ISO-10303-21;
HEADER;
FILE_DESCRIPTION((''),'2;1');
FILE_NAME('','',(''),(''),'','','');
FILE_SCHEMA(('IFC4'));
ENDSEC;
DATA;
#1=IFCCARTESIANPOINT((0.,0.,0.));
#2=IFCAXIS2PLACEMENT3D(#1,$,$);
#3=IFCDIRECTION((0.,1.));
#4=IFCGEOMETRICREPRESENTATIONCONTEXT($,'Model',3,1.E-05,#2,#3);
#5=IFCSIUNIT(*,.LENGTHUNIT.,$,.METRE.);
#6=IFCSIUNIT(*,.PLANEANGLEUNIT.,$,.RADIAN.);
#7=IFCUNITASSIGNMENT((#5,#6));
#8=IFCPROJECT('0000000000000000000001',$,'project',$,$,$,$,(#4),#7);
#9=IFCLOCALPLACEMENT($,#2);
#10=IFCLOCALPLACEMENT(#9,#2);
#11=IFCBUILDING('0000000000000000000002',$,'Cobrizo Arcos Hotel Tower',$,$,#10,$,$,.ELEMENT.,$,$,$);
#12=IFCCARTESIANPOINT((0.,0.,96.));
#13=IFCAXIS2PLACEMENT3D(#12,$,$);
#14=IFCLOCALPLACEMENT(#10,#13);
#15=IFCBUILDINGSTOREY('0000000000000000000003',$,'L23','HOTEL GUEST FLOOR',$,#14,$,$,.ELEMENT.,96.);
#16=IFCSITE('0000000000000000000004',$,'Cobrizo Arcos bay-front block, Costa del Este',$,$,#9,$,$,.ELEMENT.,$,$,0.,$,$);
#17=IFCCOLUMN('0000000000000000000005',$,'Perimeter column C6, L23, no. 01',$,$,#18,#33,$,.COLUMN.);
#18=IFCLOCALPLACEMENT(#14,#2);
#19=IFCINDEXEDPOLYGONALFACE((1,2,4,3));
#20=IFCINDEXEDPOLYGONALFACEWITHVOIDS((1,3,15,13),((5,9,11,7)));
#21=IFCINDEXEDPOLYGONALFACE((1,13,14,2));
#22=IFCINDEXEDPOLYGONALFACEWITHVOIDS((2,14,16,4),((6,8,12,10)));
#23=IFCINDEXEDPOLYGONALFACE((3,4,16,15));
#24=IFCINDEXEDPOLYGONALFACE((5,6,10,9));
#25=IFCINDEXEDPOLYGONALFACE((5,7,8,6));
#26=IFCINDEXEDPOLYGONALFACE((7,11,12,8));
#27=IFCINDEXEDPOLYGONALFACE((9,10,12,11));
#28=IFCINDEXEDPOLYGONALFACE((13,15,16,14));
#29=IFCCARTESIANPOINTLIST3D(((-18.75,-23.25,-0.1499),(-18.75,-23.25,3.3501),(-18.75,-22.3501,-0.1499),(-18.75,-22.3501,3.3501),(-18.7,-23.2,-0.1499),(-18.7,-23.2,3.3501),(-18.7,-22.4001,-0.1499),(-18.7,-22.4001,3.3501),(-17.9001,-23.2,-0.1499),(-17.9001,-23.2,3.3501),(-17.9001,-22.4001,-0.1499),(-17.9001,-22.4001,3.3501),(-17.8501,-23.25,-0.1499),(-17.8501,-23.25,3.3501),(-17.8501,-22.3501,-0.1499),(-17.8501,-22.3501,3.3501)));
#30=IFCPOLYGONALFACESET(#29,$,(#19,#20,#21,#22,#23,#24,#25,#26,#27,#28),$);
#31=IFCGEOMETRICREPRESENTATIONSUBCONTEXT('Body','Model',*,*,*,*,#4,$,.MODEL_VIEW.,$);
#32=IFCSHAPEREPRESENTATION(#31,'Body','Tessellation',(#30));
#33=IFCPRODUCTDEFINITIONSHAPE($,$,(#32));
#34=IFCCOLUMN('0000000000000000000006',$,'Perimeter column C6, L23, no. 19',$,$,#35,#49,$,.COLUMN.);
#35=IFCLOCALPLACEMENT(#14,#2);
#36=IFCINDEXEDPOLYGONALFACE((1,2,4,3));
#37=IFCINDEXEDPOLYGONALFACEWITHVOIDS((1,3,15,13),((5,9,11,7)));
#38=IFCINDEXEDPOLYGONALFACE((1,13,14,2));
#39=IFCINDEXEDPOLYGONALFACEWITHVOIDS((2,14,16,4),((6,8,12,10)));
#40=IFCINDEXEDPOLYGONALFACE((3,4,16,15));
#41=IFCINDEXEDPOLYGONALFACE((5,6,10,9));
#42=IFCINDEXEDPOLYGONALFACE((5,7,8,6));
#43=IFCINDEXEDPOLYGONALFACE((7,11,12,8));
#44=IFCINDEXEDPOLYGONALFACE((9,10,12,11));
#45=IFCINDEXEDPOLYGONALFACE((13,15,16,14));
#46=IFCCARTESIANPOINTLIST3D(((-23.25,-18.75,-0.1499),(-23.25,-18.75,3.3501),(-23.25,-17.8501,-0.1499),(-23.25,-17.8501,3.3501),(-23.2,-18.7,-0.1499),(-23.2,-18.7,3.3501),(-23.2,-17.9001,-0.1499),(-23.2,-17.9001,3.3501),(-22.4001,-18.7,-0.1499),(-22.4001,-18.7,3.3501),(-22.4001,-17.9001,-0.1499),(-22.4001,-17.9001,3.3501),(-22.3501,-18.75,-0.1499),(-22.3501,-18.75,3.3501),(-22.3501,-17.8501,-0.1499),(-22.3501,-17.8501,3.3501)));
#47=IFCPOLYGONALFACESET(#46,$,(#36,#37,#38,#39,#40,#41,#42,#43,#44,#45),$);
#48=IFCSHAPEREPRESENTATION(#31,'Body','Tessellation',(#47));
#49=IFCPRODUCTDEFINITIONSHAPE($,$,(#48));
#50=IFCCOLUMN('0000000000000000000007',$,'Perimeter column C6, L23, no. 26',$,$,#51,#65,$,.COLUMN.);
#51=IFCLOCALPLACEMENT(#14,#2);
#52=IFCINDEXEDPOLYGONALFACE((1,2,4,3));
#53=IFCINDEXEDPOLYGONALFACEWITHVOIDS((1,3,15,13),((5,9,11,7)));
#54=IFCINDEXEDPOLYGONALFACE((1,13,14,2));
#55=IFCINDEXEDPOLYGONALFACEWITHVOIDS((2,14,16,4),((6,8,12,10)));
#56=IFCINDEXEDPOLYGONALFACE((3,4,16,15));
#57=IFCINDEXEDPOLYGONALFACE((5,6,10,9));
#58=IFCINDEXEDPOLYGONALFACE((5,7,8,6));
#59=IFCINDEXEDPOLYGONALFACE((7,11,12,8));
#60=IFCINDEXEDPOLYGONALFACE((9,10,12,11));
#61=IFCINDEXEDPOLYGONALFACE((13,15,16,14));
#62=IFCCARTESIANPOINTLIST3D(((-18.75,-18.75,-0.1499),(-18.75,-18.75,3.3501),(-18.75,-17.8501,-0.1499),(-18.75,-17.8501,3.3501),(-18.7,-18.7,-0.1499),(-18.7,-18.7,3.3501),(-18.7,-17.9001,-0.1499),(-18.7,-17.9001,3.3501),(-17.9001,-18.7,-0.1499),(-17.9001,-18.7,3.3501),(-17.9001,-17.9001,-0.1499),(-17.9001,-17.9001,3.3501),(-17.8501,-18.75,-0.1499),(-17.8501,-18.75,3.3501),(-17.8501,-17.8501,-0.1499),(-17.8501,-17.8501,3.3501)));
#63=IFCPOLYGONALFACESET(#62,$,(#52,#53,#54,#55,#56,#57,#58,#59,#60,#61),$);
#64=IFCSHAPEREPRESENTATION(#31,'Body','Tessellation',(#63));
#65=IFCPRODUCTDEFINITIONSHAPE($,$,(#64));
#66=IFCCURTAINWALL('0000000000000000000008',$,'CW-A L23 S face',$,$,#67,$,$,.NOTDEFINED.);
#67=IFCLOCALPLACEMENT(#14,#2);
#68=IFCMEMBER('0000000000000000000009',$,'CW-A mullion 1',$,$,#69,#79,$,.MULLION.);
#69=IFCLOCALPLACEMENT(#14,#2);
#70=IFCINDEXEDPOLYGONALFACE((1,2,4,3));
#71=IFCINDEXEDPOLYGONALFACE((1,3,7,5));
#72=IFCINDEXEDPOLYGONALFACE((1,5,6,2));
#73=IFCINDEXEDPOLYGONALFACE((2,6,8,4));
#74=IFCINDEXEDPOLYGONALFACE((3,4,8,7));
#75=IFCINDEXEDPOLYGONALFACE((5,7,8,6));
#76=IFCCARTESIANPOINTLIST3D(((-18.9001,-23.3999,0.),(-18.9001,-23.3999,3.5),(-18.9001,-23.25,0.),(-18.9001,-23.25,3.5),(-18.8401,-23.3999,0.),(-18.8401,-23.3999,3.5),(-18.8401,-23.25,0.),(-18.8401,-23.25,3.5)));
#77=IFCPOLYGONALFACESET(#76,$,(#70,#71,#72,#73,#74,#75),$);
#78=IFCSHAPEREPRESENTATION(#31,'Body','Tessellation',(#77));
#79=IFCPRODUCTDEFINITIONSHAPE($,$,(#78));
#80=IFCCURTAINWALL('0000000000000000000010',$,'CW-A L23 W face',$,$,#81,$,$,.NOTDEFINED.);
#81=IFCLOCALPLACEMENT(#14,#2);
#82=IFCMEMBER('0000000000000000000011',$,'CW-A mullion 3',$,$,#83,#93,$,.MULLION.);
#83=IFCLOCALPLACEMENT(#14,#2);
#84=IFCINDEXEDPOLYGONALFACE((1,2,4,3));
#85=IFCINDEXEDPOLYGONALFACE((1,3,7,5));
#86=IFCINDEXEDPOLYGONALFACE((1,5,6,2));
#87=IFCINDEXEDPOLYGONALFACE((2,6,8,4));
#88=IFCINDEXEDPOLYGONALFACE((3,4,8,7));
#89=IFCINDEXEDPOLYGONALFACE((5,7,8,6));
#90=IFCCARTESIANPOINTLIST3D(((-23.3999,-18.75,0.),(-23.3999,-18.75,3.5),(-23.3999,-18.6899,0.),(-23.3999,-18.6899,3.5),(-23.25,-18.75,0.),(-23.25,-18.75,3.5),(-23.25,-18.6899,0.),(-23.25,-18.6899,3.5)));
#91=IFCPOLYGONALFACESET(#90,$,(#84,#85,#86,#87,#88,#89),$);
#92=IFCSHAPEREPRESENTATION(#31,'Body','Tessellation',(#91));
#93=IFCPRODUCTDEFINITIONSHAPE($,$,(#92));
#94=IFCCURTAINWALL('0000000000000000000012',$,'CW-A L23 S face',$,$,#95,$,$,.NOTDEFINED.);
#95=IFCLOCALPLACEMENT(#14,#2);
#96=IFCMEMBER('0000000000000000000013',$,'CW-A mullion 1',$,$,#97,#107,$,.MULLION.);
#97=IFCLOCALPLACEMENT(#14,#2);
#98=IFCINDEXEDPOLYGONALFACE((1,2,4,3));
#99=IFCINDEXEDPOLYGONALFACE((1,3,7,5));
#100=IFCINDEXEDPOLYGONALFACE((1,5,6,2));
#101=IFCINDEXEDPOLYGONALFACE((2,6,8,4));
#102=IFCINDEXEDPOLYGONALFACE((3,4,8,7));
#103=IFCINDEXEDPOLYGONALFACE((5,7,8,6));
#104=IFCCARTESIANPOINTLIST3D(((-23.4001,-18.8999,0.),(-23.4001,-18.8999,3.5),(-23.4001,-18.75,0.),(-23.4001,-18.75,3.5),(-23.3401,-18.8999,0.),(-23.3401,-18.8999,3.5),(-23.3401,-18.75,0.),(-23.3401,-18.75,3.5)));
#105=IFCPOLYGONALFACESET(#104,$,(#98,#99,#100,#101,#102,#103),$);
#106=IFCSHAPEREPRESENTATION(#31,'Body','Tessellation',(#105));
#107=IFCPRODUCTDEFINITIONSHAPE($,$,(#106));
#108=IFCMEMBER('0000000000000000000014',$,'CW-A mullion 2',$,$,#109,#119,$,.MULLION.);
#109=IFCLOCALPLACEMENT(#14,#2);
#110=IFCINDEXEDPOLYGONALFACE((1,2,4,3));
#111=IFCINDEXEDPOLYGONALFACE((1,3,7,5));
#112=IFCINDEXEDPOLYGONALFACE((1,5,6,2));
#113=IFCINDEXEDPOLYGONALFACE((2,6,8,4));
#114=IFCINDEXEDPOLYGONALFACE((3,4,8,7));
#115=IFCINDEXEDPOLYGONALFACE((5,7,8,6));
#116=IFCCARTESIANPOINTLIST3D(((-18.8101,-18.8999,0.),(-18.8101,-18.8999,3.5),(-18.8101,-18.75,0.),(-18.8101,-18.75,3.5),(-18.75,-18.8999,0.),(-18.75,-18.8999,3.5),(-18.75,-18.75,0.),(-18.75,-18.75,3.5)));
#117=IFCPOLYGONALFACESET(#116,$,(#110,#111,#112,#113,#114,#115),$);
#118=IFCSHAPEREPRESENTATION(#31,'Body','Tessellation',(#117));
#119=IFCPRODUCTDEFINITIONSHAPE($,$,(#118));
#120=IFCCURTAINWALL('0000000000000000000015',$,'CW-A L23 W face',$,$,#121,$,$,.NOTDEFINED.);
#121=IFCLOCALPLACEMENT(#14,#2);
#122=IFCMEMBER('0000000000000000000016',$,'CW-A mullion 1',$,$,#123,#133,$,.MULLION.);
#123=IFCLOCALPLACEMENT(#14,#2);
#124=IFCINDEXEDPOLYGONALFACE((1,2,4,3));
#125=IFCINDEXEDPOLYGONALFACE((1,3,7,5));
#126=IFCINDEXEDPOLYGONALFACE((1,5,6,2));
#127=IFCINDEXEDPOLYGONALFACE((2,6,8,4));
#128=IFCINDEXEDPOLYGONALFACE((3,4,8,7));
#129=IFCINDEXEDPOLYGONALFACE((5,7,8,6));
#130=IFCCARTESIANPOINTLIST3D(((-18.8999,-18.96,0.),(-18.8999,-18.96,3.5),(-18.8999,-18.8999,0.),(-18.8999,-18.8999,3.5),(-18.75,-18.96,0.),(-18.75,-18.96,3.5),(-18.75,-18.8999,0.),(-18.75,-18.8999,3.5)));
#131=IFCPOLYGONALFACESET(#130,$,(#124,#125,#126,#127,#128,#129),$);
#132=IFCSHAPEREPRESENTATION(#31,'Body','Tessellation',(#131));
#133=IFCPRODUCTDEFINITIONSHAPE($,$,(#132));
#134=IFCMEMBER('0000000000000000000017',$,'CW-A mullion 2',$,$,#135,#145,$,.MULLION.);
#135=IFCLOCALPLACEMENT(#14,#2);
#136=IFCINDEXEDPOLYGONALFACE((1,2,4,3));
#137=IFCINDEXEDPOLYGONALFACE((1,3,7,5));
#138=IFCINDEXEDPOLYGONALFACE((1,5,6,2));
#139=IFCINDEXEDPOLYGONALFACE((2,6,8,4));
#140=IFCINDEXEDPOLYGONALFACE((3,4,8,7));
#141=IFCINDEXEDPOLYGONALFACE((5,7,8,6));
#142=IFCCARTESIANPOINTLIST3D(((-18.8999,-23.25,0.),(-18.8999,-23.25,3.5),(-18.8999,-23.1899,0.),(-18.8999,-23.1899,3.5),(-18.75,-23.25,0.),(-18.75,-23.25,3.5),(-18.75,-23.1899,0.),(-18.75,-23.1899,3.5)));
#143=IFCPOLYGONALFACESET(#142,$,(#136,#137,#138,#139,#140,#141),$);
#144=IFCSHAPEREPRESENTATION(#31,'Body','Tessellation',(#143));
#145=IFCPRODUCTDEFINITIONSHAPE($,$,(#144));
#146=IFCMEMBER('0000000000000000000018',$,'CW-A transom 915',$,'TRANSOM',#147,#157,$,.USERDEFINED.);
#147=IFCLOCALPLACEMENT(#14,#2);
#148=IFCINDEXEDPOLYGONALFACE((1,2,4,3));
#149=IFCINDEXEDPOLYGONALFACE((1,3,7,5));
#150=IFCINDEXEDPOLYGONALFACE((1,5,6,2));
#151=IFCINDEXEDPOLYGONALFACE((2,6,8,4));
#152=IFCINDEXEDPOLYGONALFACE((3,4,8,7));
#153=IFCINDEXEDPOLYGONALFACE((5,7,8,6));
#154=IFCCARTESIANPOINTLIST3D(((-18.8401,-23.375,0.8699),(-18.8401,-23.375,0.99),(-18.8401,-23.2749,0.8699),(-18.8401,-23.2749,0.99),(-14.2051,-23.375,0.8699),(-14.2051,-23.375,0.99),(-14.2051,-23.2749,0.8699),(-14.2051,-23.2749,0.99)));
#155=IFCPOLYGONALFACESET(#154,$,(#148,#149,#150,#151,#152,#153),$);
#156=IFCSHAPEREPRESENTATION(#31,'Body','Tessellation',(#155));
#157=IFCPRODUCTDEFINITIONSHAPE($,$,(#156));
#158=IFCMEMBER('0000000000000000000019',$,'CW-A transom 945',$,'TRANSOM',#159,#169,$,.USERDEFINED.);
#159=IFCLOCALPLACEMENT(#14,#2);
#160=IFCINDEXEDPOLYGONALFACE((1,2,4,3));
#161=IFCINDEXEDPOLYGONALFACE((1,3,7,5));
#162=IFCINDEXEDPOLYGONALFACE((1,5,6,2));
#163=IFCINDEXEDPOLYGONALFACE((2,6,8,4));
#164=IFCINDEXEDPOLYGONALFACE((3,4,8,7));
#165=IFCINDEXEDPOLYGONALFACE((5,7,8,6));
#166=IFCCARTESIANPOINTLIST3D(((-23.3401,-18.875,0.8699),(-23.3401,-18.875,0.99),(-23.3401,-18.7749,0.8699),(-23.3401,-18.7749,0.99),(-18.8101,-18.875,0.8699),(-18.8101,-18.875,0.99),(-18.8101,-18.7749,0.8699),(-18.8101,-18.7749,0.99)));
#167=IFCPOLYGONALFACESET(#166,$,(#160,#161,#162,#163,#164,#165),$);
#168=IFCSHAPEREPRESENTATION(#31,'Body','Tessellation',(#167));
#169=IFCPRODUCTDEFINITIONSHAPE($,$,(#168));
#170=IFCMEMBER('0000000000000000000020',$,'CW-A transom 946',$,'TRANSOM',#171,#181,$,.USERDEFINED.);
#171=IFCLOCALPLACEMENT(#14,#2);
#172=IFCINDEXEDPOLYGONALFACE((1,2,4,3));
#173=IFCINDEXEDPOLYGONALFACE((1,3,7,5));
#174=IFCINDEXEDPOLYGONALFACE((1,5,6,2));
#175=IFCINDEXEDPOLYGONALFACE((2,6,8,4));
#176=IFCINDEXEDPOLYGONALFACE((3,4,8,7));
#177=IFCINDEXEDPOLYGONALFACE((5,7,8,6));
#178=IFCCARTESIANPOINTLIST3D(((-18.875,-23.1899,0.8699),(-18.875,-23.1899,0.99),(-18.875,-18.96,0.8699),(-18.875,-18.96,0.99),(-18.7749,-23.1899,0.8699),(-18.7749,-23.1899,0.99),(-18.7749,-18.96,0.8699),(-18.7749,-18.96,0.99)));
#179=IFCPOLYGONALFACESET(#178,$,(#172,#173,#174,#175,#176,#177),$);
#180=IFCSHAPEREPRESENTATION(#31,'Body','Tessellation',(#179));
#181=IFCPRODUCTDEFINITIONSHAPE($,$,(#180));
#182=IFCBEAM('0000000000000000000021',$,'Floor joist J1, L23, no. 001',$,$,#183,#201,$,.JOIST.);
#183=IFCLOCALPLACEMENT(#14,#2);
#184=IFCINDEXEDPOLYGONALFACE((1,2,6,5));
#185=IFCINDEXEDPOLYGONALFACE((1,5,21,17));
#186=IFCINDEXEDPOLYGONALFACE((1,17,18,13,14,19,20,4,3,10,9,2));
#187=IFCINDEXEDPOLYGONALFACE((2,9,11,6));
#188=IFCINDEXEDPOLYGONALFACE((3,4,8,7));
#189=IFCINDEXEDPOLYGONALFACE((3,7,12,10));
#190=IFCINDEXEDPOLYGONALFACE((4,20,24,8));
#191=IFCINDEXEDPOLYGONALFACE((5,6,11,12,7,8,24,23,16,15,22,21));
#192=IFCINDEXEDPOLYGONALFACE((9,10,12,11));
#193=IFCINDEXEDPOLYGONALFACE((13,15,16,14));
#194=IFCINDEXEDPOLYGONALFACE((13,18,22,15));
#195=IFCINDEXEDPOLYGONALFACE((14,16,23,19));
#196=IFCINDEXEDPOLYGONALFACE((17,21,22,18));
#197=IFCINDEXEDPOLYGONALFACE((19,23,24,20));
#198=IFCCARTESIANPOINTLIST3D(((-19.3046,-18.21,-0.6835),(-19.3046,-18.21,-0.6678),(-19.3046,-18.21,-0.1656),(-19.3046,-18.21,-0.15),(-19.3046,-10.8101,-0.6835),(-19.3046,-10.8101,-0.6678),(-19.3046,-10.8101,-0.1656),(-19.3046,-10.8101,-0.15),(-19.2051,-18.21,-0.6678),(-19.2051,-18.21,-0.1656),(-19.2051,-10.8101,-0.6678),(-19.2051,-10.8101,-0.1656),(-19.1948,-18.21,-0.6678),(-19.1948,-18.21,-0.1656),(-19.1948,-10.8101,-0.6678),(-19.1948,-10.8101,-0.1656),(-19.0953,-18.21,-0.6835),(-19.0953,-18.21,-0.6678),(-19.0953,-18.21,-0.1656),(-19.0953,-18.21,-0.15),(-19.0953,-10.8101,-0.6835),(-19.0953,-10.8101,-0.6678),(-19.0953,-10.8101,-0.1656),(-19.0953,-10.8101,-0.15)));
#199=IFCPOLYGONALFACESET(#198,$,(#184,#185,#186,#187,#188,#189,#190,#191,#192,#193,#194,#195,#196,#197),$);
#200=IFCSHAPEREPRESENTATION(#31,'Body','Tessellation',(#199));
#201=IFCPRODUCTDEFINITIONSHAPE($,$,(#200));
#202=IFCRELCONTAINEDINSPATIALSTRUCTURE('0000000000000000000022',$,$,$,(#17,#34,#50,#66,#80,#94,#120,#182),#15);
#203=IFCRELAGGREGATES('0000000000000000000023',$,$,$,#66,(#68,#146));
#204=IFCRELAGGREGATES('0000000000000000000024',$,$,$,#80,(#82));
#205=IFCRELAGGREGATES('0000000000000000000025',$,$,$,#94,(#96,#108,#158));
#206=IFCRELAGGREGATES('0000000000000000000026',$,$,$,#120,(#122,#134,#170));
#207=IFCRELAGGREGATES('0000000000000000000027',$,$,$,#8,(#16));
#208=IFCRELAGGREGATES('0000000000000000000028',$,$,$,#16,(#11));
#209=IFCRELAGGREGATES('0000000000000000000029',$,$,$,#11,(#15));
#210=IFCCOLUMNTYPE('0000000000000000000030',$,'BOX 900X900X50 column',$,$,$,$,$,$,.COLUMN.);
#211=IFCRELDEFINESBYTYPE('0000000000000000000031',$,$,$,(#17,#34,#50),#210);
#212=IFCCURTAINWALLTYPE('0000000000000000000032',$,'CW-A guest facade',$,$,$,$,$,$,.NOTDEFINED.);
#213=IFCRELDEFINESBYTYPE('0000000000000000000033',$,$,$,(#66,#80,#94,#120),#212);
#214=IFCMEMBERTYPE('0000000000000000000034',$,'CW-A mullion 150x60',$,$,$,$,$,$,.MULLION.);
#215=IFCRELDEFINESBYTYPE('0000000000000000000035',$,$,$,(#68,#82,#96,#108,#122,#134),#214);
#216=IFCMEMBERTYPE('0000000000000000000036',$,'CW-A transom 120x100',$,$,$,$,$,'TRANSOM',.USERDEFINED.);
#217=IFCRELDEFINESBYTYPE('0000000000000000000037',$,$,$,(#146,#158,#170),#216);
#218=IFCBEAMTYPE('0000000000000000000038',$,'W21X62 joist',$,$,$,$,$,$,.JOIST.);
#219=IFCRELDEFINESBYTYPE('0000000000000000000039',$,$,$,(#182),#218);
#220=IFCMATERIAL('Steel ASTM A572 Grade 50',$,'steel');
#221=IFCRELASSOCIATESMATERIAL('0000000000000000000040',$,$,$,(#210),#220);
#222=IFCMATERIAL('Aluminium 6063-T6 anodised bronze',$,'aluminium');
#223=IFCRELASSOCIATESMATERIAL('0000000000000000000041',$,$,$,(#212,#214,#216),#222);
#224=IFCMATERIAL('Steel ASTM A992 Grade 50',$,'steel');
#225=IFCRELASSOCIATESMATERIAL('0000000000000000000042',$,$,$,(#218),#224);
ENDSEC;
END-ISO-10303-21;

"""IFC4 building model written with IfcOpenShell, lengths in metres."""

from ifc_helpers import new_model, si_unit, direction, frame, origin, origin_2d, place, context, subcontext, project, spatial, rectangle, hollow_rectangle, i_section, extrude, material, material_profile, profile_set, type_object, element, aggregate, save


model = new_model("IFC4")

# Units and contexts
model_context = context("Model", 3, precision=1e-05, world=origin(), true_north=direction((0.0, 1.0)))
body_context = subcontext(model_context, "Body", "Model", "MODEL_VIEW")
ifc_project = project(units=[si_unit("LENGTHUNIT", "METRE"), si_unit("PLANEANGLEUNIT", "RADIAN")], contexts=[model_context])

# Site, building, storey
site_placement = place(None, origin())
site = spatial("IfcSite", under=ifc_project, at=site_placement, Name="Cobrizo Arcos bay-front block, Costa del Este", CompositionType="ELEMENT", RefElevation=0.0)
building_placement = place(site_placement, origin())
building = spatial("IfcBuilding", under=site, at=building_placement, Name="Cobrizo Arcos Hotel Tower", CompositionType="ELEMENT")
storey_placement = place(building_placement, frame((0.0, 0.0, 96.0)))
storey = spatial("IfcBuildingStorey", under=building, at=storey_placement, Name="L23", Description="HOTEL GUEST FLOOR", CompositionType="ELEMENT", Elevation=96.0)

# Columns
ifc_material_1 = material(Name="Steel ASTM A572 Grade 50", Category="steel")
ifc_material_profile_1 = material_profile(ifc_material_1, hollow_rectangle(XDim=0.8999, YDim=0.8999, WallThickness=0.05, at=origin_2d()), Name="BOX 900X900X50")
ifc_profile_set_1 = profile_set([ifc_material_profile_1], Name="Steel ASTM A572 Grade 50")
column_type = type_object("IfcColumnType", Name="BOX 900X900X50 column", PredefinedType="COLUMN", material=ifc_profile_set_1)
for number, where, z_axis, x_axis, name in (
    (1, (-18.3, -22.8, -0.1499), (0.0, 0.0, 1.0), (1.0, 0.0, 0.0), "Perimeter column C6, L23, no. 01"),
    (2, (-22.8, -18.3, -0.1499), (0.0, 0.0, 1.0), (1.0, 0.0, 0.0), "Perimeter column C6, L23, no. 19"),
    (3, (-18.3, -18.3, -0.1499), (0.0, 0.0, 1.0), (1.0, 0.0, 0.0), "Perimeter column C6, L23, no. 26"),
):
    element("IfcColumn", number, at=place(storey_placement, frame(where, z_axis=z_axis, x_axis=x_axis)), inside=storey, type_object=column_type, Name=name, PredefinedType="COLUMN", context=body_context, shape_type="SweptSolid", body=[
        extrude(hollow_rectangle(XDim=0.8999, YDim=0.8999, WallThickness=0.05, at=origin_2d()), origin(), (0.0, 0.0, 1.0), 3.5),
    ])

# Curtain walls, members
ifc_material_2 = material(Name="Aluminium 6063-T6 anodised bronze", Category="aluminium")
curtain_wall_type = type_object("IfcCurtainWallType", Name="CW-A guest facade", PredefinedType="NOTDEFINED", material=ifc_material_2)
curtain_wall_1_placement = place(storey_placement, origin())
curtain_wall_1 = element("IfcCurtainWall", 4, at=curtain_wall_1_placement, inside=storey, type_object=curtain_wall_type, Name="CW-A L23 S face", PredefinedType="NOTDEFINED")
ifc_material_profile_2 = material_profile(ifc_material_2, rectangle(XDim=0.1499, YDim=0.0601, at=origin_2d()), Name="CW-A mullion 150x60")
ifc_profile_set_2 = profile_set([ifc_material_profile_2], Name="Aluminium 6063-T6 anodised bronze")
member_type_1 = type_object("IfcMemberType", Name="CW-A mullion 150x60", PredefinedType="MULLION", material=ifc_profile_set_2)
member_1_placement = place(storey_placement, frame((-18.8701, -23.325, 0.0), z_axis=(0.0, 0.0, 1.0), x_axis=(0.0, -1.0, 0.0)))
member_1 = element("IfcMember", 5, at=member_1_placement, type_object=member_type_1, Name="CW-A mullion 1", PredefinedType="MULLION", context=body_context, shape_type="SweptSolid", body=[
    extrude(rectangle(XDim=0.1499, YDim=0.0601, at=origin_2d()), origin(), (0.0, 0.0, 1.0), 3.5),
])
curtain_wall_2_placement = place(storey_placement, origin())
curtain_wall_2 = element("IfcCurtainWall", 6, at=curtain_wall_2_placement, inside=storey, type_object=curtain_wall_type, Name="CW-A L23 W face", PredefinedType="NOTDEFINED")
member_2_placement = place(storey_placement, frame((-23.325, -18.72, 0.0), z_axis=(0.0, 0.0, 1.0), x_axis=(-1.0, 0.0, 0.0)))
member_2 = element("IfcMember", 7, at=member_2_placement, type_object=member_type_1, Name="CW-A mullion 3", PredefinedType="MULLION", context=body_context, shape_type="SweptSolid", body=[
    extrude(rectangle(XDim=0.1499, YDim=0.0601, at=origin_2d()), origin(), (0.0, 0.0, 1.0), 3.5),
])

# Curtain walls, members
curtain_wall_3_placement = place(storey_placement, origin())
curtain_wall_3 = element("IfcCurtainWall", 8, at=curtain_wall_3_placement, inside=storey, type_object=curtain_wall_type, Name="CW-A L23 S face", PredefinedType="NOTDEFINED")
member_3_placement = place(storey_placement, frame((-23.3701, -18.825, 0.0), z_axis=(0.0, 0.0, 1.0), x_axis=(0.0, -1.0, 0.0)))
member_3 = element("IfcMember", 9, at=member_3_placement, type_object=member_type_1, Name="CW-A mullion 1", PredefinedType="MULLION", context=body_context, shape_type="SweptSolid", body=[
    extrude(rectangle(XDim=0.1499, YDim=0.0601, at=origin_2d()), origin(), (0.0, 0.0, 1.0), 3.5),
])
member_4_placement = place(storey_placement, frame((-18.78, -18.825, 0.0), z_axis=(0.0, 0.0, 1.0), x_axis=(0.0, -1.0, 0.0)))
member_4 = element("IfcMember", 10, at=member_4_placement, type_object=member_type_1, Name="CW-A mullion 2", PredefinedType="MULLION", context=body_context, shape_type="SweptSolid", body=[
    extrude(rectangle(XDim=0.1499, YDim=0.0601, at=origin_2d()), origin(), (0.0, 0.0, 1.0), 3.5),
])
curtain_wall_4_placement = place(storey_placement, origin())
curtain_wall_4 = element("IfcCurtainWall", 11, at=curtain_wall_4_placement, inside=storey, type_object=curtain_wall_type, Name="CW-A L23 W face", PredefinedType="NOTDEFINED")
member_5_placement = place(storey_placement, frame((-18.825, -18.9299, 0.0), z_axis=(0.0, 0.0, 1.0), x_axis=(-1.0, 0.0, 0.0)))
member_5 = element("IfcMember", 12, at=member_5_placement, type_object=member_type_1, Name="CW-A mullion 1", PredefinedType="MULLION", context=body_context, shape_type="SweptSolid", body=[
    extrude(rectangle(XDim=0.1499, YDim=0.0601, at=origin_2d()), origin(), (0.0, 0.0, 1.0), 3.5),
])
member_6_placement = place(storey_placement, frame((-18.825, -23.22, 0.0), z_axis=(0.0, 0.0, 1.0), x_axis=(-1.0, 0.0, 0.0)))
member_6 = element("IfcMember", 13, at=member_6_placement, type_object=member_type_1, Name="CW-A mullion 2", PredefinedType="MULLION", context=body_context, shape_type="SweptSolid", body=[
    extrude(rectangle(XDim=0.1499, YDim=0.0601, at=origin_2d()), origin(), (0.0, 0.0, 1.0), 3.5),
])

# Members
ifc_material_profile_3 = material_profile(ifc_material_2, rectangle(XDim=0.1001, YDim=0.1201, at=origin_2d()), Name="CW-A transom 120x100")
ifc_profile_set_3 = profile_set([ifc_material_profile_3], Name="Aluminium 6063-T6 anodised bronze")
member_type_2 = type_object("IfcMemberType", Name="CW-A transom 120x100", ElementType="TRANSOM", PredefinedType="USERDEFINED", material=ifc_profile_set_3)
member_7_placement = place(storey_placement, frame((-18.8401, -23.325, 0.9299), z_axis=(1.0, 0.0, 0.0), x_axis=(0.0, 1.0, 0.0)))
member_7 = element("IfcMember", 14, at=member_7_placement, type_object=member_type_2, Name="CW-A transom 915", ObjectType="TRANSOM", PredefinedType="USERDEFINED", context=body_context, shape_type="SweptSolid", body=[
    extrude(rectangle(XDim=0.1001, YDim=0.1201, at=origin_2d()), origin(), (0.0, 0.0, 1.0), 4.635),
])
aggregate(curtain_wall_1, [member_1, member_7])
member_8_placement = place(storey_placement, frame((-23.3401, -18.825, 0.9299), z_axis=(1.0, 0.0, 0.0), x_axis=(0.0, 1.0, 0.0)))
member_8 = element("IfcMember", 15, at=member_8_placement, type_object=member_type_2, Name="CW-A transom 945", ObjectType="TRANSOM", PredefinedType="USERDEFINED", context=body_context, shape_type="SweptSolid", body=[
    extrude(rectangle(XDim=0.1001, YDim=0.1201, at=origin_2d()), origin(), (0.0, 0.0, 1.0), 4.53),
])
member_9_placement = place(storey_placement, frame((-18.825, -18.96, 0.9299), z_axis=(0.0, -1.0, 0.0), x_axis=(1.0, 0.0, 0.0)))
member_9 = element("IfcMember", 16, at=member_9_placement, type_object=member_type_2, Name="CW-A transom 946", ObjectType="TRANSOM", PredefinedType="USERDEFINED", context=body_context, shape_type="SweptSolid", body=[
    extrude(rectangle(XDim=0.1001, YDim=0.1201, at=origin_2d()), origin(), (0.0, 0.0, 1.0), 4.23),
])

# Beam
ifc_material_3 = material(Name="Steel ASTM A992 Grade 50", Category="steel")
ifc_material_profile_4 = material_profile(ifc_material_3, i_section(OverallWidth=0.2092, OverallDepth=0.5334, WebThickness=0.0103, FlangeThickness=0.0156, at=origin_2d()), Name="W21X62")
ifc_profile_set_4 = profile_set([ifc_material_profile_4], Name="Steel ASTM A992 Grade 50")
beam_type_1 = type_object("IfcBeamType", Name="W21X62 joist", PredefinedType="JOIST", material=ifc_profile_set_4)
beam_placement = place(storey_placement, frame((-19.2, -18.21, -0.4167), z_axis=(0.0, 1.0, 0.0), x_axis=(-1.0, 0.0, 0.0)))
element("IfcBeam", 17, at=beam_placement, inside=storey, type_object=beam_type_1, Name="Floor joist J1, L23, no. 001", PredefinedType="JOIST", context=body_context, shape_type="SweptSolid", body=[
    extrude(i_section(OverallWidth=0.2092, OverallDepth=0.5334, WebThickness=0.0103, FlangeThickness=0.0156, at=origin_2d()), origin(), (0.0, 0.0, 1.0), 7.3999),
])

aggregate(curtain_wall_2, [member_2])
aggregate(curtain_wall_3, [member_3, member_4, member_8])
aggregate(curtain_wall_4, [member_5, member_6, member_9])

save(model, "model.ifc")
